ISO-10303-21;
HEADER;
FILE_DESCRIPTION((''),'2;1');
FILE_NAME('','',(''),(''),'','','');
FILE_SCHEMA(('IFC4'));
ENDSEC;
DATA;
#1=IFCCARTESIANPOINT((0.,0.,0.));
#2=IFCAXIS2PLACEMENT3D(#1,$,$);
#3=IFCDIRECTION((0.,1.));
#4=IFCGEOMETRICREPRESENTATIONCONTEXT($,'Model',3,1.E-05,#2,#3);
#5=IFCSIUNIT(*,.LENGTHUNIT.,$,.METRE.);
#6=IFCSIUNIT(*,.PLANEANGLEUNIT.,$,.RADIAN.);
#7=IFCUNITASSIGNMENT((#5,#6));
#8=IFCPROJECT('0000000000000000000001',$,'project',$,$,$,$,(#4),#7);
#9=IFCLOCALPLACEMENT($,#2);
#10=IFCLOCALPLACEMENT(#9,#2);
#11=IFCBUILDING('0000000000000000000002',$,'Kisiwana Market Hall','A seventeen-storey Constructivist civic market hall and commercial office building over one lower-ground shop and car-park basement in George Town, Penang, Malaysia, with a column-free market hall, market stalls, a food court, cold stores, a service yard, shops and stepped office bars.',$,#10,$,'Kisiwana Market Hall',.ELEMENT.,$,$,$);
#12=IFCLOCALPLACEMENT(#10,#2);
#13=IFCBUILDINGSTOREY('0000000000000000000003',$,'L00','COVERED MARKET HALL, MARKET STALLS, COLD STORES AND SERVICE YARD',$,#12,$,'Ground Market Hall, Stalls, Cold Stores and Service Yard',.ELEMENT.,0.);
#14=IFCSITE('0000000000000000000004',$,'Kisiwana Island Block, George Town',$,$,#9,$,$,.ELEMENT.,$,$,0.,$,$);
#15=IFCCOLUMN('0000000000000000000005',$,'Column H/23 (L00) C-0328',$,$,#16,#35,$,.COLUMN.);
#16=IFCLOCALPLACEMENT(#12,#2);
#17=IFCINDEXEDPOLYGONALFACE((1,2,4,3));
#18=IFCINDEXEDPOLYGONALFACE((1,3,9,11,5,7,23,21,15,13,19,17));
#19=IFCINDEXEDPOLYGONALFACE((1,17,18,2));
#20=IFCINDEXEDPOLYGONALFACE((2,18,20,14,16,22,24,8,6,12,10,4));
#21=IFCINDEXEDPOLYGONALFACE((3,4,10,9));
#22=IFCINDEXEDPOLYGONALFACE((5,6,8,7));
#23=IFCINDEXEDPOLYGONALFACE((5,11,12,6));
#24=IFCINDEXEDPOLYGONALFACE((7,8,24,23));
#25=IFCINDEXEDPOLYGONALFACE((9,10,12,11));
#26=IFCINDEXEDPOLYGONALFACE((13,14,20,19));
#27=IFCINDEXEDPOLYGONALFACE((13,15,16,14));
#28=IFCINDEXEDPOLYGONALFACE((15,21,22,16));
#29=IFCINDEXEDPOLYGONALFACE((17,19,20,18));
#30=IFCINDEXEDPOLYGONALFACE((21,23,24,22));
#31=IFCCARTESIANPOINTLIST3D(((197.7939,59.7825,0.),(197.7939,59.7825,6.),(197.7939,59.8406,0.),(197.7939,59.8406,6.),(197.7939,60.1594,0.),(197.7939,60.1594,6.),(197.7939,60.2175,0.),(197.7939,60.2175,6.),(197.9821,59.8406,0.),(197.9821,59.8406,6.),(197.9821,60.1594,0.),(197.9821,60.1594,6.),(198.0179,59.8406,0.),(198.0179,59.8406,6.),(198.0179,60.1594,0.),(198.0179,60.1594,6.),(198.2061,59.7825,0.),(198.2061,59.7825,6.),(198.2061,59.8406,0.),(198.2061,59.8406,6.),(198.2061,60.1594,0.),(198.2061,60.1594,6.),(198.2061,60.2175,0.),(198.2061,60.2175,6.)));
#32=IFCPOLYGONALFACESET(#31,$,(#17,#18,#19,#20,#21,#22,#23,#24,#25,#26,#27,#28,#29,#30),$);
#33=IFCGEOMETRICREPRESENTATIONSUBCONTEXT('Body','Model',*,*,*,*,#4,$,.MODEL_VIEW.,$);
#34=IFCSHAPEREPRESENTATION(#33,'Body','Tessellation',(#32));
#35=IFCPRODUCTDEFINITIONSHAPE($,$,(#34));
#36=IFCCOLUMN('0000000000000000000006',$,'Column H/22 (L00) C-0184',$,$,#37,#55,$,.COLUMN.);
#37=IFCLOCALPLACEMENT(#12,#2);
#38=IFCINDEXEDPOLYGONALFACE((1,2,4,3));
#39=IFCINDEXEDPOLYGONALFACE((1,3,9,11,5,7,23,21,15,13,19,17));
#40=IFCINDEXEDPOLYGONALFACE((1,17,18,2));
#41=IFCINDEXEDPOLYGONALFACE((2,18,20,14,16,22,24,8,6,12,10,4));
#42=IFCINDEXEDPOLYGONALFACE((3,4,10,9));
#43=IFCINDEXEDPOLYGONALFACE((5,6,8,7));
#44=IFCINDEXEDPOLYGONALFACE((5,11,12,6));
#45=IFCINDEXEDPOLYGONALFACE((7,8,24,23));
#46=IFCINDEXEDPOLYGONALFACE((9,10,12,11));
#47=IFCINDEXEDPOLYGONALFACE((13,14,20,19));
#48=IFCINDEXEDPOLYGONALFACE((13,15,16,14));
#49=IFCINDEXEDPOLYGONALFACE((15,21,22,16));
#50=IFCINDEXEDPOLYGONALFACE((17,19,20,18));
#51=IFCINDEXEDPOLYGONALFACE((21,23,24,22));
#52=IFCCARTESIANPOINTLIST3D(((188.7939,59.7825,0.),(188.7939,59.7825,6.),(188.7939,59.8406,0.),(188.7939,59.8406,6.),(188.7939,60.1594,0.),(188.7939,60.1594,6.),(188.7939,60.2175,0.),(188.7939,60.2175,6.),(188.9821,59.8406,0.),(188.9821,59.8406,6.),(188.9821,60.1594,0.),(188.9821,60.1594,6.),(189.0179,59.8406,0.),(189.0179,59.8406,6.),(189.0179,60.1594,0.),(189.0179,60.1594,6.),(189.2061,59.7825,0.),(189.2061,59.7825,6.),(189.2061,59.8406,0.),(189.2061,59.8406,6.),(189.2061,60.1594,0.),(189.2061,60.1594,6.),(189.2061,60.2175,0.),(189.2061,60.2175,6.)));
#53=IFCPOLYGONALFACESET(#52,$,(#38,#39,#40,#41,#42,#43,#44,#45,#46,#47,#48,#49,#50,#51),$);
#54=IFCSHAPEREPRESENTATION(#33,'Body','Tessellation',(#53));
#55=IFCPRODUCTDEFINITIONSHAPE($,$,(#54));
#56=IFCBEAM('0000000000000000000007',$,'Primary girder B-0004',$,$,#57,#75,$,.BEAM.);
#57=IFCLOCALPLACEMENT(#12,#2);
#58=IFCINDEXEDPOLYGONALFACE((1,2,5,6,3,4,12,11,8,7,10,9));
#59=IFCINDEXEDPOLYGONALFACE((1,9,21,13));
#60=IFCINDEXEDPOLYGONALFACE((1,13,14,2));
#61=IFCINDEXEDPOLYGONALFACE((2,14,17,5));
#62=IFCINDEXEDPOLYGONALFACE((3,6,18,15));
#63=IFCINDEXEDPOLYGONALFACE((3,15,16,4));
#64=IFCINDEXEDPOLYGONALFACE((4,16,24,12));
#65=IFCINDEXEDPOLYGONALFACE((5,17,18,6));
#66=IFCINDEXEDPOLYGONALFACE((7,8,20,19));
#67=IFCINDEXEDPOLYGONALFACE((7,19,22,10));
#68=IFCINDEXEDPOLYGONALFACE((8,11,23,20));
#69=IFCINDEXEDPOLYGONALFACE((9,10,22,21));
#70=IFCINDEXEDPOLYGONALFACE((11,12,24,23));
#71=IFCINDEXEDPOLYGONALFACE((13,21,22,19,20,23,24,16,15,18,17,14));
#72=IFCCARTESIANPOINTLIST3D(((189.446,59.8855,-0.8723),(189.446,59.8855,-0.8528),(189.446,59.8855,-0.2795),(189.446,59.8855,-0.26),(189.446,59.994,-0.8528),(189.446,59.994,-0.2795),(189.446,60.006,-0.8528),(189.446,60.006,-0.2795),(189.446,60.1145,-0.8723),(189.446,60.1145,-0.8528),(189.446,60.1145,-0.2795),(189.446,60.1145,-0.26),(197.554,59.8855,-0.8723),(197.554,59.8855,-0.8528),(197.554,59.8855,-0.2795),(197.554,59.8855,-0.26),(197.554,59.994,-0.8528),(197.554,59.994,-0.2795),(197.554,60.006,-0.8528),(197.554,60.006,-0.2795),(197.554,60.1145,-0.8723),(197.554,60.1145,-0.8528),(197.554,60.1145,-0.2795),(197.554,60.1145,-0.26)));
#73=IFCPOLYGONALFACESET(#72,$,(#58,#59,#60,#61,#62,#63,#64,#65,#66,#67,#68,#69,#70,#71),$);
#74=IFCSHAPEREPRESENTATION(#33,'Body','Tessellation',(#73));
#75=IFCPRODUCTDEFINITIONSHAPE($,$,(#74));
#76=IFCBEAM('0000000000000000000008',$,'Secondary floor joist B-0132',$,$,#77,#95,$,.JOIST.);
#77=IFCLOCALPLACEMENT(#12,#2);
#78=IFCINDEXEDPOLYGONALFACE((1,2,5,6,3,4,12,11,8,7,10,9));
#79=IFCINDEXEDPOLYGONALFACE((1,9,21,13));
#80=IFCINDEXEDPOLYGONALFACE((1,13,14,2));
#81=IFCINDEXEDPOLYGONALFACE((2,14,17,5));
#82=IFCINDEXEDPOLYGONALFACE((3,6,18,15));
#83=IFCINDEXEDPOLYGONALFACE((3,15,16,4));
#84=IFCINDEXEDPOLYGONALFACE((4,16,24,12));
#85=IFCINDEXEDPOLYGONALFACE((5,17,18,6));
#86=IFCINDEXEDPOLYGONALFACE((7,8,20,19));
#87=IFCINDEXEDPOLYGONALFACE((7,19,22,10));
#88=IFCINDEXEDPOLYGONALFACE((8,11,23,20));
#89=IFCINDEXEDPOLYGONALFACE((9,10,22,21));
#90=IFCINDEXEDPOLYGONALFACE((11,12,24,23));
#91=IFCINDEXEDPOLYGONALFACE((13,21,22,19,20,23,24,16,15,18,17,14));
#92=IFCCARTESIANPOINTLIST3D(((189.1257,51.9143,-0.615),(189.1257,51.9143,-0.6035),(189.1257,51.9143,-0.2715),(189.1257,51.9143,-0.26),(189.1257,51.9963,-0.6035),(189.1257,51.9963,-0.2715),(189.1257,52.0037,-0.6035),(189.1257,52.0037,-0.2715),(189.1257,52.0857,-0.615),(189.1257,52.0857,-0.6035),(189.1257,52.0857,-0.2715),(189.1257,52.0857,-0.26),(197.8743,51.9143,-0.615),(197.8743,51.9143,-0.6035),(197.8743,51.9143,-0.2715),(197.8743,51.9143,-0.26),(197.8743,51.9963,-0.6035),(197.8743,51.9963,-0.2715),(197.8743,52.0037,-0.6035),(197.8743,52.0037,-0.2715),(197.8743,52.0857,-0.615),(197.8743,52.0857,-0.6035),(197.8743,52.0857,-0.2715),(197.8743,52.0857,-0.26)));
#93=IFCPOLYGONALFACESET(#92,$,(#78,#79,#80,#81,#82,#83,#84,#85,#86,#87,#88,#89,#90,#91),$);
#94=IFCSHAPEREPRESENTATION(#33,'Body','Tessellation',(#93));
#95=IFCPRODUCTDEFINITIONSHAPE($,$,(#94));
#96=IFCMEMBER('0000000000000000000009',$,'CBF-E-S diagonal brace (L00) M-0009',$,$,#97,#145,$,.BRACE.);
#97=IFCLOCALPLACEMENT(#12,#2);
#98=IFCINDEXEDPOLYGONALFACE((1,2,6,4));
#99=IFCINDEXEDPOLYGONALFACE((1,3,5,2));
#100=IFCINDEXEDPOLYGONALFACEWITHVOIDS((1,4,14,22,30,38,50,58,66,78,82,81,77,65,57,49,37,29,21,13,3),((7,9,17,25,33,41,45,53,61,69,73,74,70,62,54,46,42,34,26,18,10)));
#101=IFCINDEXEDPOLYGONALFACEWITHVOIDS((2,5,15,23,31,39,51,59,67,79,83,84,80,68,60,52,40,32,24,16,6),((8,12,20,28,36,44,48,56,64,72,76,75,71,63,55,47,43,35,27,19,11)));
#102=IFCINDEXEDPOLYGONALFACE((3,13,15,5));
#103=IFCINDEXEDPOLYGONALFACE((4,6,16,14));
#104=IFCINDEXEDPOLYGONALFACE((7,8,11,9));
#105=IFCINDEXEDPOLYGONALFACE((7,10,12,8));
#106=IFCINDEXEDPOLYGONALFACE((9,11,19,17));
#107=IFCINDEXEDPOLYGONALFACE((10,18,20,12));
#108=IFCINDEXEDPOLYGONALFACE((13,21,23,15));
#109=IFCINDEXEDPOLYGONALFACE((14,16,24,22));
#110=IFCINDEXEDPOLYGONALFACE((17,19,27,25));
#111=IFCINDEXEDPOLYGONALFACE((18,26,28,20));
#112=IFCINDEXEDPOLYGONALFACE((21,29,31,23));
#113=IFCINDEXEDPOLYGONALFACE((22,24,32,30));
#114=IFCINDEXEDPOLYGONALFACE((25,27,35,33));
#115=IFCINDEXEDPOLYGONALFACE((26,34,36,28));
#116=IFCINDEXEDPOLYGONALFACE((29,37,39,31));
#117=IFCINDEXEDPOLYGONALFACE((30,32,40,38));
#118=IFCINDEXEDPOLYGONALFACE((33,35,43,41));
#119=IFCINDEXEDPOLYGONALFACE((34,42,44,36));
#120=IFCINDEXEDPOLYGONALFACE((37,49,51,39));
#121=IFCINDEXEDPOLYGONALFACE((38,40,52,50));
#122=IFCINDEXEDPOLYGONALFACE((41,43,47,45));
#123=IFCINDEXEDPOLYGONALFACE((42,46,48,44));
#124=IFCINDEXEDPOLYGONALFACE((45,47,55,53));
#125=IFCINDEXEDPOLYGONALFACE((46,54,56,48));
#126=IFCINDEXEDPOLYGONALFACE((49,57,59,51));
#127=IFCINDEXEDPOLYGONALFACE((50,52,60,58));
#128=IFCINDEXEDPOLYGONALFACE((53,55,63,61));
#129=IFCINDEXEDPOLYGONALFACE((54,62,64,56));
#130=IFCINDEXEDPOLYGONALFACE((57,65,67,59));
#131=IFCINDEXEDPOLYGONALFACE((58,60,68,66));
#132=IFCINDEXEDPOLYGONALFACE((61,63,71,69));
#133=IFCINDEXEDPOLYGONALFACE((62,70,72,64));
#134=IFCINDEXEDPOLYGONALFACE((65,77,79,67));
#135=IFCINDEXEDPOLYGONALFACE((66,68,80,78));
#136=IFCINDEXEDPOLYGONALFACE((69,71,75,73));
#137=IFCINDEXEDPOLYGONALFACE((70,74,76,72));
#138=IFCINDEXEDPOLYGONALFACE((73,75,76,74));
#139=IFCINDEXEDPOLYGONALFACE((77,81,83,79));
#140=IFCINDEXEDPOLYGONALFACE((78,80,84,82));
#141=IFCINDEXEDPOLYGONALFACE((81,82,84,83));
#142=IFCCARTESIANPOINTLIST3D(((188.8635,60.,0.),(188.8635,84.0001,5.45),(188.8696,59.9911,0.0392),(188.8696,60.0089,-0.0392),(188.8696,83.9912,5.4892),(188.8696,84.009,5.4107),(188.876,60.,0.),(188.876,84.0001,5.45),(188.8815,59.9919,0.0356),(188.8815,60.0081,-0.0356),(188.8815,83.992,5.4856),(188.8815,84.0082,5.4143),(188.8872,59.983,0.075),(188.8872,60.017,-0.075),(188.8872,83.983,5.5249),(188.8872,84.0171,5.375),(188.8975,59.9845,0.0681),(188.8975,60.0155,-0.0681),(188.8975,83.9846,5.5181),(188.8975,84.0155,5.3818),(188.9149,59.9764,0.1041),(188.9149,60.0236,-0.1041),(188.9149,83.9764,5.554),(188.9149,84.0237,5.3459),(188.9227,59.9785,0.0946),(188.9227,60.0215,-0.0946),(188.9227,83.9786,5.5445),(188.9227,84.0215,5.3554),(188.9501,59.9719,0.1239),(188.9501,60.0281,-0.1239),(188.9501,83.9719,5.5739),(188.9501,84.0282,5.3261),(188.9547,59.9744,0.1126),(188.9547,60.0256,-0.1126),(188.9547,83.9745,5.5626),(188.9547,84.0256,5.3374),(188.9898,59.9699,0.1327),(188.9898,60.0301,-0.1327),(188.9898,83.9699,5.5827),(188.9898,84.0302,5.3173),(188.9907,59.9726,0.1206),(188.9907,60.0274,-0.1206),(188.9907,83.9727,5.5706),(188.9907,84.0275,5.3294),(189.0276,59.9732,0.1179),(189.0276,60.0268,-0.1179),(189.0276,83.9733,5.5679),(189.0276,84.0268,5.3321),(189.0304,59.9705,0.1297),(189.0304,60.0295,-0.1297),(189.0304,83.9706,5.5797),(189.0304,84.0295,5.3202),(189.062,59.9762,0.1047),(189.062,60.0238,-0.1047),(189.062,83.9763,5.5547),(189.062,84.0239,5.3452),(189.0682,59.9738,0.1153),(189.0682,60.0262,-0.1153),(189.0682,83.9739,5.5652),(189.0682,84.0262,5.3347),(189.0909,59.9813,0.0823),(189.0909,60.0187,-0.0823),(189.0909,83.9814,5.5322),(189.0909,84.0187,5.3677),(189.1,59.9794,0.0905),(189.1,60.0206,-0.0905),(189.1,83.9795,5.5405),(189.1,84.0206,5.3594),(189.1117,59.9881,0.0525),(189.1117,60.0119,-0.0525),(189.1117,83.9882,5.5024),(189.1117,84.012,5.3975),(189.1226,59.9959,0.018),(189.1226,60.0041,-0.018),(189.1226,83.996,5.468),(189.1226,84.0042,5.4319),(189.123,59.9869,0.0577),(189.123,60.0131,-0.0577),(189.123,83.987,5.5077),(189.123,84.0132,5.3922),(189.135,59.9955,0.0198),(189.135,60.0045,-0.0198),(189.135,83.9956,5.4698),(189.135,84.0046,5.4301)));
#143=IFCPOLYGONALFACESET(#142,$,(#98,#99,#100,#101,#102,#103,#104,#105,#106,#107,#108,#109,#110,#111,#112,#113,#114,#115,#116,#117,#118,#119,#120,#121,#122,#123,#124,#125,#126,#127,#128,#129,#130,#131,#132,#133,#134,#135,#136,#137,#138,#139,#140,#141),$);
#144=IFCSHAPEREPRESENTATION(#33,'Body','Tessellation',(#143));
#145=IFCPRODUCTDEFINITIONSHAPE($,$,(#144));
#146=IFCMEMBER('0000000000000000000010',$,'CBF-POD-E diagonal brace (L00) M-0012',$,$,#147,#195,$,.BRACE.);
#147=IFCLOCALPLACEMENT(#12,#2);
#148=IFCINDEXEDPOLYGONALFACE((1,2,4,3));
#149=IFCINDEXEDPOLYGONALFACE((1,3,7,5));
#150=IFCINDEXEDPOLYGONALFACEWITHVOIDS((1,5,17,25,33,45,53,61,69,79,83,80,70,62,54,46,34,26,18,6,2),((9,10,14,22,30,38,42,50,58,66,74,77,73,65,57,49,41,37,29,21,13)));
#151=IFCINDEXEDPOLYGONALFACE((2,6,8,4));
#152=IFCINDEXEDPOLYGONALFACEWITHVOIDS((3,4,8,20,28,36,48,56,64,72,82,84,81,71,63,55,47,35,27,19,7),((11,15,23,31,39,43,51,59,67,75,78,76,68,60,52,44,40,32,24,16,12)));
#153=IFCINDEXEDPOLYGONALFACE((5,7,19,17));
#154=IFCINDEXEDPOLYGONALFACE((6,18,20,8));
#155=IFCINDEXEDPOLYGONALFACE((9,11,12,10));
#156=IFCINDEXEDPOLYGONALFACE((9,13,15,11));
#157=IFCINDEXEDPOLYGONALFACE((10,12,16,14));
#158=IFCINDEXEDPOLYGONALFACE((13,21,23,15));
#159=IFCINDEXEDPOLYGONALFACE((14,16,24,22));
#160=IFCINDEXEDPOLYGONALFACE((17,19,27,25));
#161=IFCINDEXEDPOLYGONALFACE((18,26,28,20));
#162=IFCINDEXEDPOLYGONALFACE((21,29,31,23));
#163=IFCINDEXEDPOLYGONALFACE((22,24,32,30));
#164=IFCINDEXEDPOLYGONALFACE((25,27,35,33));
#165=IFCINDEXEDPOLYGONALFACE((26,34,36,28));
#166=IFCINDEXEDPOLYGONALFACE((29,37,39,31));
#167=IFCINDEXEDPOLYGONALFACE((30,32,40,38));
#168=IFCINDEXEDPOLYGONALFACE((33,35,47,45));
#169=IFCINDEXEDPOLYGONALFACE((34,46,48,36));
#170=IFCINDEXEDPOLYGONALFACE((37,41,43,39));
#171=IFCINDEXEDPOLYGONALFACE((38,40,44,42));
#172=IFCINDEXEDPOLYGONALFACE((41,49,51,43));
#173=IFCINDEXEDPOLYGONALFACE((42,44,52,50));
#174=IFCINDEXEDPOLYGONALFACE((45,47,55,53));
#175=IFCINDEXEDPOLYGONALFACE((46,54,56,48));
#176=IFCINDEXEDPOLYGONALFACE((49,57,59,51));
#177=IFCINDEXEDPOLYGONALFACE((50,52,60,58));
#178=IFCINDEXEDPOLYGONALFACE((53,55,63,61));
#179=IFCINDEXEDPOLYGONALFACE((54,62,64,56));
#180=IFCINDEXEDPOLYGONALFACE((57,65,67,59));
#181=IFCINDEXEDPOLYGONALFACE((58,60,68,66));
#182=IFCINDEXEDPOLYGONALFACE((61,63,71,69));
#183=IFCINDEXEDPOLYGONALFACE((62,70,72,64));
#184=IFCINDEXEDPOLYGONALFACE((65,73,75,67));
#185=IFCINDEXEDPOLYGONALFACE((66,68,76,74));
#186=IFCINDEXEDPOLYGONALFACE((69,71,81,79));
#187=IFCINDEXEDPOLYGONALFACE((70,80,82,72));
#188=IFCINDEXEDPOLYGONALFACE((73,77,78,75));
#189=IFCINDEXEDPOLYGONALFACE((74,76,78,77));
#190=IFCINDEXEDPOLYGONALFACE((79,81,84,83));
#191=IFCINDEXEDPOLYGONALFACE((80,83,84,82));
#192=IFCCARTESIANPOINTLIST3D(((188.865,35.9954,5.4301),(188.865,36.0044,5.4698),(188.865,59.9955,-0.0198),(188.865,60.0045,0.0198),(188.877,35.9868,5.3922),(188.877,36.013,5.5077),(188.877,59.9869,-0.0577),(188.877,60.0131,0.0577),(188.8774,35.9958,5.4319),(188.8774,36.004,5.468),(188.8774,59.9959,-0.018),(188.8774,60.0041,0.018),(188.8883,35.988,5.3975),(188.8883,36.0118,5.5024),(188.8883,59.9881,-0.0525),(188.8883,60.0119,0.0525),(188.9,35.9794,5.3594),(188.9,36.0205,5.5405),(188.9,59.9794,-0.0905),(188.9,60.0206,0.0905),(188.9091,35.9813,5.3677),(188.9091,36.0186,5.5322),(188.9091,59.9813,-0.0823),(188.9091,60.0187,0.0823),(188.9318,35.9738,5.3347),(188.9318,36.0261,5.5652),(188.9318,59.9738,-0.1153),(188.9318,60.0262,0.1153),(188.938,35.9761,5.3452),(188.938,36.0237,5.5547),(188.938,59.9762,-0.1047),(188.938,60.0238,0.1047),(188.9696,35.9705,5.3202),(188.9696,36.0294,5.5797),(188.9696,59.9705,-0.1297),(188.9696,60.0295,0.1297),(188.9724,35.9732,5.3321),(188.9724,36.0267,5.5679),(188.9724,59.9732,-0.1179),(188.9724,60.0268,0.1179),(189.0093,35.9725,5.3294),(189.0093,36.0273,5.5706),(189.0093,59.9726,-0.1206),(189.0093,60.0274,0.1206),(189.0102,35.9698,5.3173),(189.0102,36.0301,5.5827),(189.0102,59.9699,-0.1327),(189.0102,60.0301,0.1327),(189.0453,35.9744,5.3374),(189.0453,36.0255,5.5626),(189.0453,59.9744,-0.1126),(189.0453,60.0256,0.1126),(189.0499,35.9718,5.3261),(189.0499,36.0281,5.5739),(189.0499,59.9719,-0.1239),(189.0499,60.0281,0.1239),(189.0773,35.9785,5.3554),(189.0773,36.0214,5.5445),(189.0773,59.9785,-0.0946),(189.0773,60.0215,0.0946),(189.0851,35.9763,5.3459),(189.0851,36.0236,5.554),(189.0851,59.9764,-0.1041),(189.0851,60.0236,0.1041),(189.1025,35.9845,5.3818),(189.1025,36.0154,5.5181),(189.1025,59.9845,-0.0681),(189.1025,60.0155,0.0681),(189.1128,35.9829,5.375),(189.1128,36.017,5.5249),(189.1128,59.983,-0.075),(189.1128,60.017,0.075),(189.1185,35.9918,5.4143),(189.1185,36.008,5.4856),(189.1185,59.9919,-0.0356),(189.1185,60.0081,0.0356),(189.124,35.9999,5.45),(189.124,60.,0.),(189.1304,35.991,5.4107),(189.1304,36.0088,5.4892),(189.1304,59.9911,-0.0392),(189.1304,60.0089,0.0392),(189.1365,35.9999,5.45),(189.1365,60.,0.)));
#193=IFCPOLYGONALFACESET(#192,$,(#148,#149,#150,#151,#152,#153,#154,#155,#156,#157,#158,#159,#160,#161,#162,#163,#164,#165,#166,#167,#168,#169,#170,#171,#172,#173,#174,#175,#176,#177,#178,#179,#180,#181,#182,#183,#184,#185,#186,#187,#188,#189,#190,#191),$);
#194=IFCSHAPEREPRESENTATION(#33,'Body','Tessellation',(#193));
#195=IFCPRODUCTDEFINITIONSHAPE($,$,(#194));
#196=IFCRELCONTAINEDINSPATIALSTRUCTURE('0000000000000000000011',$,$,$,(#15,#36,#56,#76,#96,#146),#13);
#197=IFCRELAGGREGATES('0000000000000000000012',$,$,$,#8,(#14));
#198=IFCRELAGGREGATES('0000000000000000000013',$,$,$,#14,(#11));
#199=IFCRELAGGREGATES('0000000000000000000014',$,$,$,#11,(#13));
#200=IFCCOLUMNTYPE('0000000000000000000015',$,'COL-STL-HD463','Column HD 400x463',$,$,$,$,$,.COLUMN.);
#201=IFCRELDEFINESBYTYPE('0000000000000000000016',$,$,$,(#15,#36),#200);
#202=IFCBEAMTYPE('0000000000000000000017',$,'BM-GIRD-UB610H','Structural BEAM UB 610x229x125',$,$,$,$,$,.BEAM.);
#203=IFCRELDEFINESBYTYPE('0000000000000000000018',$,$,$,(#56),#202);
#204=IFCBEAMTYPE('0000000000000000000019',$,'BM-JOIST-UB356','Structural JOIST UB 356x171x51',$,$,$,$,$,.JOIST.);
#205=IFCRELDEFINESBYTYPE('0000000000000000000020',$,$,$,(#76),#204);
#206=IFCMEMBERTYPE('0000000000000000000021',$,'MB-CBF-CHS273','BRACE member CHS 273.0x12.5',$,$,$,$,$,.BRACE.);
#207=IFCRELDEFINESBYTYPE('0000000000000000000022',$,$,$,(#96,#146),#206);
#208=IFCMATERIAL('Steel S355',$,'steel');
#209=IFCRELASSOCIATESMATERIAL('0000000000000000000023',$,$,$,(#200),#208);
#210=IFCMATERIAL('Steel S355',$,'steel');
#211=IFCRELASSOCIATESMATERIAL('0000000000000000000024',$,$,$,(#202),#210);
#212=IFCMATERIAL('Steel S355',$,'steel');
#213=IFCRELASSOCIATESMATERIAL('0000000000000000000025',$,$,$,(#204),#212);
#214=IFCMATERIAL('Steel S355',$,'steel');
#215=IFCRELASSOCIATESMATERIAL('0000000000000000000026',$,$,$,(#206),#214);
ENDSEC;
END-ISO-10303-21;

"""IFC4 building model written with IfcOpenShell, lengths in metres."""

from ifc_helpers import new_model, si_unit, direction, frame, origin, origin_2d, place, context, subcontext, project, spatial, hollow_circle, i_section, extrude, material, material_profile, profile_set, type_object, element, save


model = new_model("IFC4")

# Units and contexts
model_context = context("Model", 3, precision=1e-05, world=origin(), true_north=direction((0.0, 1.0)))
body_context = subcontext(model_context, "Body", "Model", "MODEL_VIEW")
ifc_project = project(units=[si_unit("LENGTHUNIT", "METRE"), si_unit("PLANEANGLEUNIT", "RADIAN")], contexts=[model_context])

# Site, building, storey
site_placement = place(None, origin())
site = spatial("IfcSite", under=ifc_project, at=site_placement, Name="Kisiwana Island Block, George Town", CompositionType="ELEMENT", RefElevation=0.0)
building_placement = place(site_placement, origin())
building = spatial("IfcBuilding", under=site, at=building_placement, Name="Kisiwana Market Hall", Description="A seventeen-storey Constructivist civic market hall and commercial office building over one lower-ground shop and car-park basement in George Town, Penang, Malaysia, with a column-free market hall, market stalls, a food court, cold stores, a service yard, shops and stepped office bars.", LongName="Kisiwana Market Hall", CompositionType="ELEMENT")
storey_placement = place(building_placement, origin())
storey = spatial("IfcBuildingStorey", under=building, at=storey_placement, Name="L00", Description="COVERED MARKET HALL, MARKET STALLS, COLD STORES AND SERVICE YARD", LongName="Ground Market Hall, Stalls, Cold Stores and Service Yard", CompositionType="ELEMENT", Elevation=0.0)

# Columns
ifc_material_1 = material(Name="Steel S355", Category="steel")
ifc_material_profile_1 = material_profile(ifc_material_1, i_section(OverallWidth=0.4121, OverallDepth=0.4351, WebThickness=0.0359, FlangeThickness=0.0581, at=origin_2d()), Name="HD 400x463")
ifc_profile_set_1 = profile_set([ifc_material_profile_1], Name="Steel S355")
column_type = type_object("IfcColumnType", Name="COL-STL-HD463", Description="Column HD 400x463", PredefinedType="COLUMN", material=ifc_profile_set_1)
for number, where, z_axis, x_axis, name in (
    (1, (198.0, 60.0, 0.0), (0.0, 0.0, 1.0), (1.0, 0.0, 0.0), "Column H/23 (L00) C-0328"),
    (2, (189.0, 60.0, 0.0), (0.0, 0.0, 1.0), (1.0, 0.0, 0.0), "Column H/22 (L00) C-0184"),
):
    element("IfcColumn", number, at=place(storey_placement, frame(where, z_axis=z_axis, x_axis=x_axis)), inside=storey, type_object=column_type, Name=name, PredefinedType="COLUMN", context=body_context, shape_type="SweptSolid", body=[
        extrude(i_section(OverallWidth=0.4121, OverallDepth=0.4351, WebThickness=0.0359, FlangeThickness=0.0581, at=origin_2d()), origin(), (0.0, 0.0, 1.0), 6.0),
    ])

# Beams
ifc_material_2 = material(Name="Steel S355", Category="steel")
ifc_material_profile_2 = material_profile(ifc_material_2, i_section(OverallWidth=0.229, OverallDepth=0.6123, WebThickness=0.012, FlangeThickness=0.0195, at=origin_2d()), Name="UB 610x229x125")
ifc_profile_set_2 = profile_set([ifc_material_profile_2], Name="Steel S355")
beam_type_1 = type_object("IfcBeamType", Name="BM-GIRD-UB610H", Description="Structural BEAM UB 610x229x125", PredefinedType="BEAM", material=ifc_profile_set_2)
beam_1_placement = place(storey_placement, frame((189.446, 60.0, -0.5662), z_axis=(1.0, 0.0, 0.0), x_axis=(0.0, 1.0, 0.0)))
element("IfcBeam", 3, at=beam_1_placement, inside=storey, type_object=beam_type_1, Name="Primary girder B-0004", PredefinedType="BEAM", context=body_context, shape_type="SweptSolid", body=[
    extrude(i_section(OverallWidth=0.229, OverallDepth=0.6123, WebThickness=0.012, FlangeThickness=0.0195, at=origin_2d()), origin(), (0.0, 0.0, 1.0), 8.1079),
])
ifc_material_3 = material(Name="Steel S355", Category="steel")
ifc_material_profile_3 = material_profile(ifc_material_3, i_section(OverallWidth=0.1714, OverallDepth=0.355, WebThickness=0.0073, FlangeThickness=0.0115, at=origin_2d()), Name="UB 356x171x51")
ifc_profile_set_3 = profile_set([ifc_material_profile_3], Name="Steel S355")
beam_type_2 = type_object("IfcBeamType", Name="BM-JOIST-UB356", Description="Structural JOIST UB 356x171x51", PredefinedType="JOIST", material=ifc_profile_set_3)
beam_2_placement = place(storey_placement, frame((189.1257, 52.0, -0.4375), z_axis=(1.0, 0.0, 0.0), x_axis=(0.0, 1.0, 0.0)))
element("IfcBeam", 4, at=beam_2_placement, inside=storey, type_object=beam_type_2, Name="Secondary floor joist B-0132", PredefinedType="JOIST", context=body_context, shape_type="SweptSolid", body=[
    extrude(i_section(OverallWidth=0.1714, OverallDepth=0.355, WebThickness=0.0073, FlangeThickness=0.0115, at=origin_2d()), origin(), (0.0, 0.0, 1.0), 8.7485),
])

# Members
ifc_material_4 = material(Name="Steel S355", Category="steel")
ifc_material_profile_4 = material_profile(ifc_material_4, hollow_circle(Radius=0.1365, WallThickness=0.0125, at=origin_2d()), Name="CHS 273.0x12.5")
ifc_profile_set_4 = profile_set([ifc_material_profile_4], Name="Steel S355")
member_type = type_object("IfcMemberType", Name="MB-CBF-CHS273", Description="BRACE member CHS 273.0x12.5", PredefinedType="BRACE", material=ifc_profile_set_4)
for number, where, z_axis, x_axis, name in (
    (5, (189.0, 60.0, 0.0), (0.0, 0.975173, 0.221444), (-1.0, 0.0, 0.0), "CBF-E-S diagonal brace (L00) M-0009"),
    (6, (189.0, 60.0, 0.0), (0.0, -0.975173, 0.221444), (1.0, 0.0, 0.0), "CBF-POD-E diagonal brace (L00) M-0012"),
):
    element("IfcMember", number, at=place(storey_placement, frame(where, z_axis=z_axis, x_axis=x_axis)), inside=storey, type_object=member_type, Name=name, PredefinedType="BRACE", context=body_context, shape_type="SweptSolid", body=[
        extrude(hollow_circle(Radius=0.1365, WallThickness=0.0125, at=origin_2d()), origin(), (0.0, 0.0, 1.0), 24.6111),
    ])

save(model, "model.ifc")
